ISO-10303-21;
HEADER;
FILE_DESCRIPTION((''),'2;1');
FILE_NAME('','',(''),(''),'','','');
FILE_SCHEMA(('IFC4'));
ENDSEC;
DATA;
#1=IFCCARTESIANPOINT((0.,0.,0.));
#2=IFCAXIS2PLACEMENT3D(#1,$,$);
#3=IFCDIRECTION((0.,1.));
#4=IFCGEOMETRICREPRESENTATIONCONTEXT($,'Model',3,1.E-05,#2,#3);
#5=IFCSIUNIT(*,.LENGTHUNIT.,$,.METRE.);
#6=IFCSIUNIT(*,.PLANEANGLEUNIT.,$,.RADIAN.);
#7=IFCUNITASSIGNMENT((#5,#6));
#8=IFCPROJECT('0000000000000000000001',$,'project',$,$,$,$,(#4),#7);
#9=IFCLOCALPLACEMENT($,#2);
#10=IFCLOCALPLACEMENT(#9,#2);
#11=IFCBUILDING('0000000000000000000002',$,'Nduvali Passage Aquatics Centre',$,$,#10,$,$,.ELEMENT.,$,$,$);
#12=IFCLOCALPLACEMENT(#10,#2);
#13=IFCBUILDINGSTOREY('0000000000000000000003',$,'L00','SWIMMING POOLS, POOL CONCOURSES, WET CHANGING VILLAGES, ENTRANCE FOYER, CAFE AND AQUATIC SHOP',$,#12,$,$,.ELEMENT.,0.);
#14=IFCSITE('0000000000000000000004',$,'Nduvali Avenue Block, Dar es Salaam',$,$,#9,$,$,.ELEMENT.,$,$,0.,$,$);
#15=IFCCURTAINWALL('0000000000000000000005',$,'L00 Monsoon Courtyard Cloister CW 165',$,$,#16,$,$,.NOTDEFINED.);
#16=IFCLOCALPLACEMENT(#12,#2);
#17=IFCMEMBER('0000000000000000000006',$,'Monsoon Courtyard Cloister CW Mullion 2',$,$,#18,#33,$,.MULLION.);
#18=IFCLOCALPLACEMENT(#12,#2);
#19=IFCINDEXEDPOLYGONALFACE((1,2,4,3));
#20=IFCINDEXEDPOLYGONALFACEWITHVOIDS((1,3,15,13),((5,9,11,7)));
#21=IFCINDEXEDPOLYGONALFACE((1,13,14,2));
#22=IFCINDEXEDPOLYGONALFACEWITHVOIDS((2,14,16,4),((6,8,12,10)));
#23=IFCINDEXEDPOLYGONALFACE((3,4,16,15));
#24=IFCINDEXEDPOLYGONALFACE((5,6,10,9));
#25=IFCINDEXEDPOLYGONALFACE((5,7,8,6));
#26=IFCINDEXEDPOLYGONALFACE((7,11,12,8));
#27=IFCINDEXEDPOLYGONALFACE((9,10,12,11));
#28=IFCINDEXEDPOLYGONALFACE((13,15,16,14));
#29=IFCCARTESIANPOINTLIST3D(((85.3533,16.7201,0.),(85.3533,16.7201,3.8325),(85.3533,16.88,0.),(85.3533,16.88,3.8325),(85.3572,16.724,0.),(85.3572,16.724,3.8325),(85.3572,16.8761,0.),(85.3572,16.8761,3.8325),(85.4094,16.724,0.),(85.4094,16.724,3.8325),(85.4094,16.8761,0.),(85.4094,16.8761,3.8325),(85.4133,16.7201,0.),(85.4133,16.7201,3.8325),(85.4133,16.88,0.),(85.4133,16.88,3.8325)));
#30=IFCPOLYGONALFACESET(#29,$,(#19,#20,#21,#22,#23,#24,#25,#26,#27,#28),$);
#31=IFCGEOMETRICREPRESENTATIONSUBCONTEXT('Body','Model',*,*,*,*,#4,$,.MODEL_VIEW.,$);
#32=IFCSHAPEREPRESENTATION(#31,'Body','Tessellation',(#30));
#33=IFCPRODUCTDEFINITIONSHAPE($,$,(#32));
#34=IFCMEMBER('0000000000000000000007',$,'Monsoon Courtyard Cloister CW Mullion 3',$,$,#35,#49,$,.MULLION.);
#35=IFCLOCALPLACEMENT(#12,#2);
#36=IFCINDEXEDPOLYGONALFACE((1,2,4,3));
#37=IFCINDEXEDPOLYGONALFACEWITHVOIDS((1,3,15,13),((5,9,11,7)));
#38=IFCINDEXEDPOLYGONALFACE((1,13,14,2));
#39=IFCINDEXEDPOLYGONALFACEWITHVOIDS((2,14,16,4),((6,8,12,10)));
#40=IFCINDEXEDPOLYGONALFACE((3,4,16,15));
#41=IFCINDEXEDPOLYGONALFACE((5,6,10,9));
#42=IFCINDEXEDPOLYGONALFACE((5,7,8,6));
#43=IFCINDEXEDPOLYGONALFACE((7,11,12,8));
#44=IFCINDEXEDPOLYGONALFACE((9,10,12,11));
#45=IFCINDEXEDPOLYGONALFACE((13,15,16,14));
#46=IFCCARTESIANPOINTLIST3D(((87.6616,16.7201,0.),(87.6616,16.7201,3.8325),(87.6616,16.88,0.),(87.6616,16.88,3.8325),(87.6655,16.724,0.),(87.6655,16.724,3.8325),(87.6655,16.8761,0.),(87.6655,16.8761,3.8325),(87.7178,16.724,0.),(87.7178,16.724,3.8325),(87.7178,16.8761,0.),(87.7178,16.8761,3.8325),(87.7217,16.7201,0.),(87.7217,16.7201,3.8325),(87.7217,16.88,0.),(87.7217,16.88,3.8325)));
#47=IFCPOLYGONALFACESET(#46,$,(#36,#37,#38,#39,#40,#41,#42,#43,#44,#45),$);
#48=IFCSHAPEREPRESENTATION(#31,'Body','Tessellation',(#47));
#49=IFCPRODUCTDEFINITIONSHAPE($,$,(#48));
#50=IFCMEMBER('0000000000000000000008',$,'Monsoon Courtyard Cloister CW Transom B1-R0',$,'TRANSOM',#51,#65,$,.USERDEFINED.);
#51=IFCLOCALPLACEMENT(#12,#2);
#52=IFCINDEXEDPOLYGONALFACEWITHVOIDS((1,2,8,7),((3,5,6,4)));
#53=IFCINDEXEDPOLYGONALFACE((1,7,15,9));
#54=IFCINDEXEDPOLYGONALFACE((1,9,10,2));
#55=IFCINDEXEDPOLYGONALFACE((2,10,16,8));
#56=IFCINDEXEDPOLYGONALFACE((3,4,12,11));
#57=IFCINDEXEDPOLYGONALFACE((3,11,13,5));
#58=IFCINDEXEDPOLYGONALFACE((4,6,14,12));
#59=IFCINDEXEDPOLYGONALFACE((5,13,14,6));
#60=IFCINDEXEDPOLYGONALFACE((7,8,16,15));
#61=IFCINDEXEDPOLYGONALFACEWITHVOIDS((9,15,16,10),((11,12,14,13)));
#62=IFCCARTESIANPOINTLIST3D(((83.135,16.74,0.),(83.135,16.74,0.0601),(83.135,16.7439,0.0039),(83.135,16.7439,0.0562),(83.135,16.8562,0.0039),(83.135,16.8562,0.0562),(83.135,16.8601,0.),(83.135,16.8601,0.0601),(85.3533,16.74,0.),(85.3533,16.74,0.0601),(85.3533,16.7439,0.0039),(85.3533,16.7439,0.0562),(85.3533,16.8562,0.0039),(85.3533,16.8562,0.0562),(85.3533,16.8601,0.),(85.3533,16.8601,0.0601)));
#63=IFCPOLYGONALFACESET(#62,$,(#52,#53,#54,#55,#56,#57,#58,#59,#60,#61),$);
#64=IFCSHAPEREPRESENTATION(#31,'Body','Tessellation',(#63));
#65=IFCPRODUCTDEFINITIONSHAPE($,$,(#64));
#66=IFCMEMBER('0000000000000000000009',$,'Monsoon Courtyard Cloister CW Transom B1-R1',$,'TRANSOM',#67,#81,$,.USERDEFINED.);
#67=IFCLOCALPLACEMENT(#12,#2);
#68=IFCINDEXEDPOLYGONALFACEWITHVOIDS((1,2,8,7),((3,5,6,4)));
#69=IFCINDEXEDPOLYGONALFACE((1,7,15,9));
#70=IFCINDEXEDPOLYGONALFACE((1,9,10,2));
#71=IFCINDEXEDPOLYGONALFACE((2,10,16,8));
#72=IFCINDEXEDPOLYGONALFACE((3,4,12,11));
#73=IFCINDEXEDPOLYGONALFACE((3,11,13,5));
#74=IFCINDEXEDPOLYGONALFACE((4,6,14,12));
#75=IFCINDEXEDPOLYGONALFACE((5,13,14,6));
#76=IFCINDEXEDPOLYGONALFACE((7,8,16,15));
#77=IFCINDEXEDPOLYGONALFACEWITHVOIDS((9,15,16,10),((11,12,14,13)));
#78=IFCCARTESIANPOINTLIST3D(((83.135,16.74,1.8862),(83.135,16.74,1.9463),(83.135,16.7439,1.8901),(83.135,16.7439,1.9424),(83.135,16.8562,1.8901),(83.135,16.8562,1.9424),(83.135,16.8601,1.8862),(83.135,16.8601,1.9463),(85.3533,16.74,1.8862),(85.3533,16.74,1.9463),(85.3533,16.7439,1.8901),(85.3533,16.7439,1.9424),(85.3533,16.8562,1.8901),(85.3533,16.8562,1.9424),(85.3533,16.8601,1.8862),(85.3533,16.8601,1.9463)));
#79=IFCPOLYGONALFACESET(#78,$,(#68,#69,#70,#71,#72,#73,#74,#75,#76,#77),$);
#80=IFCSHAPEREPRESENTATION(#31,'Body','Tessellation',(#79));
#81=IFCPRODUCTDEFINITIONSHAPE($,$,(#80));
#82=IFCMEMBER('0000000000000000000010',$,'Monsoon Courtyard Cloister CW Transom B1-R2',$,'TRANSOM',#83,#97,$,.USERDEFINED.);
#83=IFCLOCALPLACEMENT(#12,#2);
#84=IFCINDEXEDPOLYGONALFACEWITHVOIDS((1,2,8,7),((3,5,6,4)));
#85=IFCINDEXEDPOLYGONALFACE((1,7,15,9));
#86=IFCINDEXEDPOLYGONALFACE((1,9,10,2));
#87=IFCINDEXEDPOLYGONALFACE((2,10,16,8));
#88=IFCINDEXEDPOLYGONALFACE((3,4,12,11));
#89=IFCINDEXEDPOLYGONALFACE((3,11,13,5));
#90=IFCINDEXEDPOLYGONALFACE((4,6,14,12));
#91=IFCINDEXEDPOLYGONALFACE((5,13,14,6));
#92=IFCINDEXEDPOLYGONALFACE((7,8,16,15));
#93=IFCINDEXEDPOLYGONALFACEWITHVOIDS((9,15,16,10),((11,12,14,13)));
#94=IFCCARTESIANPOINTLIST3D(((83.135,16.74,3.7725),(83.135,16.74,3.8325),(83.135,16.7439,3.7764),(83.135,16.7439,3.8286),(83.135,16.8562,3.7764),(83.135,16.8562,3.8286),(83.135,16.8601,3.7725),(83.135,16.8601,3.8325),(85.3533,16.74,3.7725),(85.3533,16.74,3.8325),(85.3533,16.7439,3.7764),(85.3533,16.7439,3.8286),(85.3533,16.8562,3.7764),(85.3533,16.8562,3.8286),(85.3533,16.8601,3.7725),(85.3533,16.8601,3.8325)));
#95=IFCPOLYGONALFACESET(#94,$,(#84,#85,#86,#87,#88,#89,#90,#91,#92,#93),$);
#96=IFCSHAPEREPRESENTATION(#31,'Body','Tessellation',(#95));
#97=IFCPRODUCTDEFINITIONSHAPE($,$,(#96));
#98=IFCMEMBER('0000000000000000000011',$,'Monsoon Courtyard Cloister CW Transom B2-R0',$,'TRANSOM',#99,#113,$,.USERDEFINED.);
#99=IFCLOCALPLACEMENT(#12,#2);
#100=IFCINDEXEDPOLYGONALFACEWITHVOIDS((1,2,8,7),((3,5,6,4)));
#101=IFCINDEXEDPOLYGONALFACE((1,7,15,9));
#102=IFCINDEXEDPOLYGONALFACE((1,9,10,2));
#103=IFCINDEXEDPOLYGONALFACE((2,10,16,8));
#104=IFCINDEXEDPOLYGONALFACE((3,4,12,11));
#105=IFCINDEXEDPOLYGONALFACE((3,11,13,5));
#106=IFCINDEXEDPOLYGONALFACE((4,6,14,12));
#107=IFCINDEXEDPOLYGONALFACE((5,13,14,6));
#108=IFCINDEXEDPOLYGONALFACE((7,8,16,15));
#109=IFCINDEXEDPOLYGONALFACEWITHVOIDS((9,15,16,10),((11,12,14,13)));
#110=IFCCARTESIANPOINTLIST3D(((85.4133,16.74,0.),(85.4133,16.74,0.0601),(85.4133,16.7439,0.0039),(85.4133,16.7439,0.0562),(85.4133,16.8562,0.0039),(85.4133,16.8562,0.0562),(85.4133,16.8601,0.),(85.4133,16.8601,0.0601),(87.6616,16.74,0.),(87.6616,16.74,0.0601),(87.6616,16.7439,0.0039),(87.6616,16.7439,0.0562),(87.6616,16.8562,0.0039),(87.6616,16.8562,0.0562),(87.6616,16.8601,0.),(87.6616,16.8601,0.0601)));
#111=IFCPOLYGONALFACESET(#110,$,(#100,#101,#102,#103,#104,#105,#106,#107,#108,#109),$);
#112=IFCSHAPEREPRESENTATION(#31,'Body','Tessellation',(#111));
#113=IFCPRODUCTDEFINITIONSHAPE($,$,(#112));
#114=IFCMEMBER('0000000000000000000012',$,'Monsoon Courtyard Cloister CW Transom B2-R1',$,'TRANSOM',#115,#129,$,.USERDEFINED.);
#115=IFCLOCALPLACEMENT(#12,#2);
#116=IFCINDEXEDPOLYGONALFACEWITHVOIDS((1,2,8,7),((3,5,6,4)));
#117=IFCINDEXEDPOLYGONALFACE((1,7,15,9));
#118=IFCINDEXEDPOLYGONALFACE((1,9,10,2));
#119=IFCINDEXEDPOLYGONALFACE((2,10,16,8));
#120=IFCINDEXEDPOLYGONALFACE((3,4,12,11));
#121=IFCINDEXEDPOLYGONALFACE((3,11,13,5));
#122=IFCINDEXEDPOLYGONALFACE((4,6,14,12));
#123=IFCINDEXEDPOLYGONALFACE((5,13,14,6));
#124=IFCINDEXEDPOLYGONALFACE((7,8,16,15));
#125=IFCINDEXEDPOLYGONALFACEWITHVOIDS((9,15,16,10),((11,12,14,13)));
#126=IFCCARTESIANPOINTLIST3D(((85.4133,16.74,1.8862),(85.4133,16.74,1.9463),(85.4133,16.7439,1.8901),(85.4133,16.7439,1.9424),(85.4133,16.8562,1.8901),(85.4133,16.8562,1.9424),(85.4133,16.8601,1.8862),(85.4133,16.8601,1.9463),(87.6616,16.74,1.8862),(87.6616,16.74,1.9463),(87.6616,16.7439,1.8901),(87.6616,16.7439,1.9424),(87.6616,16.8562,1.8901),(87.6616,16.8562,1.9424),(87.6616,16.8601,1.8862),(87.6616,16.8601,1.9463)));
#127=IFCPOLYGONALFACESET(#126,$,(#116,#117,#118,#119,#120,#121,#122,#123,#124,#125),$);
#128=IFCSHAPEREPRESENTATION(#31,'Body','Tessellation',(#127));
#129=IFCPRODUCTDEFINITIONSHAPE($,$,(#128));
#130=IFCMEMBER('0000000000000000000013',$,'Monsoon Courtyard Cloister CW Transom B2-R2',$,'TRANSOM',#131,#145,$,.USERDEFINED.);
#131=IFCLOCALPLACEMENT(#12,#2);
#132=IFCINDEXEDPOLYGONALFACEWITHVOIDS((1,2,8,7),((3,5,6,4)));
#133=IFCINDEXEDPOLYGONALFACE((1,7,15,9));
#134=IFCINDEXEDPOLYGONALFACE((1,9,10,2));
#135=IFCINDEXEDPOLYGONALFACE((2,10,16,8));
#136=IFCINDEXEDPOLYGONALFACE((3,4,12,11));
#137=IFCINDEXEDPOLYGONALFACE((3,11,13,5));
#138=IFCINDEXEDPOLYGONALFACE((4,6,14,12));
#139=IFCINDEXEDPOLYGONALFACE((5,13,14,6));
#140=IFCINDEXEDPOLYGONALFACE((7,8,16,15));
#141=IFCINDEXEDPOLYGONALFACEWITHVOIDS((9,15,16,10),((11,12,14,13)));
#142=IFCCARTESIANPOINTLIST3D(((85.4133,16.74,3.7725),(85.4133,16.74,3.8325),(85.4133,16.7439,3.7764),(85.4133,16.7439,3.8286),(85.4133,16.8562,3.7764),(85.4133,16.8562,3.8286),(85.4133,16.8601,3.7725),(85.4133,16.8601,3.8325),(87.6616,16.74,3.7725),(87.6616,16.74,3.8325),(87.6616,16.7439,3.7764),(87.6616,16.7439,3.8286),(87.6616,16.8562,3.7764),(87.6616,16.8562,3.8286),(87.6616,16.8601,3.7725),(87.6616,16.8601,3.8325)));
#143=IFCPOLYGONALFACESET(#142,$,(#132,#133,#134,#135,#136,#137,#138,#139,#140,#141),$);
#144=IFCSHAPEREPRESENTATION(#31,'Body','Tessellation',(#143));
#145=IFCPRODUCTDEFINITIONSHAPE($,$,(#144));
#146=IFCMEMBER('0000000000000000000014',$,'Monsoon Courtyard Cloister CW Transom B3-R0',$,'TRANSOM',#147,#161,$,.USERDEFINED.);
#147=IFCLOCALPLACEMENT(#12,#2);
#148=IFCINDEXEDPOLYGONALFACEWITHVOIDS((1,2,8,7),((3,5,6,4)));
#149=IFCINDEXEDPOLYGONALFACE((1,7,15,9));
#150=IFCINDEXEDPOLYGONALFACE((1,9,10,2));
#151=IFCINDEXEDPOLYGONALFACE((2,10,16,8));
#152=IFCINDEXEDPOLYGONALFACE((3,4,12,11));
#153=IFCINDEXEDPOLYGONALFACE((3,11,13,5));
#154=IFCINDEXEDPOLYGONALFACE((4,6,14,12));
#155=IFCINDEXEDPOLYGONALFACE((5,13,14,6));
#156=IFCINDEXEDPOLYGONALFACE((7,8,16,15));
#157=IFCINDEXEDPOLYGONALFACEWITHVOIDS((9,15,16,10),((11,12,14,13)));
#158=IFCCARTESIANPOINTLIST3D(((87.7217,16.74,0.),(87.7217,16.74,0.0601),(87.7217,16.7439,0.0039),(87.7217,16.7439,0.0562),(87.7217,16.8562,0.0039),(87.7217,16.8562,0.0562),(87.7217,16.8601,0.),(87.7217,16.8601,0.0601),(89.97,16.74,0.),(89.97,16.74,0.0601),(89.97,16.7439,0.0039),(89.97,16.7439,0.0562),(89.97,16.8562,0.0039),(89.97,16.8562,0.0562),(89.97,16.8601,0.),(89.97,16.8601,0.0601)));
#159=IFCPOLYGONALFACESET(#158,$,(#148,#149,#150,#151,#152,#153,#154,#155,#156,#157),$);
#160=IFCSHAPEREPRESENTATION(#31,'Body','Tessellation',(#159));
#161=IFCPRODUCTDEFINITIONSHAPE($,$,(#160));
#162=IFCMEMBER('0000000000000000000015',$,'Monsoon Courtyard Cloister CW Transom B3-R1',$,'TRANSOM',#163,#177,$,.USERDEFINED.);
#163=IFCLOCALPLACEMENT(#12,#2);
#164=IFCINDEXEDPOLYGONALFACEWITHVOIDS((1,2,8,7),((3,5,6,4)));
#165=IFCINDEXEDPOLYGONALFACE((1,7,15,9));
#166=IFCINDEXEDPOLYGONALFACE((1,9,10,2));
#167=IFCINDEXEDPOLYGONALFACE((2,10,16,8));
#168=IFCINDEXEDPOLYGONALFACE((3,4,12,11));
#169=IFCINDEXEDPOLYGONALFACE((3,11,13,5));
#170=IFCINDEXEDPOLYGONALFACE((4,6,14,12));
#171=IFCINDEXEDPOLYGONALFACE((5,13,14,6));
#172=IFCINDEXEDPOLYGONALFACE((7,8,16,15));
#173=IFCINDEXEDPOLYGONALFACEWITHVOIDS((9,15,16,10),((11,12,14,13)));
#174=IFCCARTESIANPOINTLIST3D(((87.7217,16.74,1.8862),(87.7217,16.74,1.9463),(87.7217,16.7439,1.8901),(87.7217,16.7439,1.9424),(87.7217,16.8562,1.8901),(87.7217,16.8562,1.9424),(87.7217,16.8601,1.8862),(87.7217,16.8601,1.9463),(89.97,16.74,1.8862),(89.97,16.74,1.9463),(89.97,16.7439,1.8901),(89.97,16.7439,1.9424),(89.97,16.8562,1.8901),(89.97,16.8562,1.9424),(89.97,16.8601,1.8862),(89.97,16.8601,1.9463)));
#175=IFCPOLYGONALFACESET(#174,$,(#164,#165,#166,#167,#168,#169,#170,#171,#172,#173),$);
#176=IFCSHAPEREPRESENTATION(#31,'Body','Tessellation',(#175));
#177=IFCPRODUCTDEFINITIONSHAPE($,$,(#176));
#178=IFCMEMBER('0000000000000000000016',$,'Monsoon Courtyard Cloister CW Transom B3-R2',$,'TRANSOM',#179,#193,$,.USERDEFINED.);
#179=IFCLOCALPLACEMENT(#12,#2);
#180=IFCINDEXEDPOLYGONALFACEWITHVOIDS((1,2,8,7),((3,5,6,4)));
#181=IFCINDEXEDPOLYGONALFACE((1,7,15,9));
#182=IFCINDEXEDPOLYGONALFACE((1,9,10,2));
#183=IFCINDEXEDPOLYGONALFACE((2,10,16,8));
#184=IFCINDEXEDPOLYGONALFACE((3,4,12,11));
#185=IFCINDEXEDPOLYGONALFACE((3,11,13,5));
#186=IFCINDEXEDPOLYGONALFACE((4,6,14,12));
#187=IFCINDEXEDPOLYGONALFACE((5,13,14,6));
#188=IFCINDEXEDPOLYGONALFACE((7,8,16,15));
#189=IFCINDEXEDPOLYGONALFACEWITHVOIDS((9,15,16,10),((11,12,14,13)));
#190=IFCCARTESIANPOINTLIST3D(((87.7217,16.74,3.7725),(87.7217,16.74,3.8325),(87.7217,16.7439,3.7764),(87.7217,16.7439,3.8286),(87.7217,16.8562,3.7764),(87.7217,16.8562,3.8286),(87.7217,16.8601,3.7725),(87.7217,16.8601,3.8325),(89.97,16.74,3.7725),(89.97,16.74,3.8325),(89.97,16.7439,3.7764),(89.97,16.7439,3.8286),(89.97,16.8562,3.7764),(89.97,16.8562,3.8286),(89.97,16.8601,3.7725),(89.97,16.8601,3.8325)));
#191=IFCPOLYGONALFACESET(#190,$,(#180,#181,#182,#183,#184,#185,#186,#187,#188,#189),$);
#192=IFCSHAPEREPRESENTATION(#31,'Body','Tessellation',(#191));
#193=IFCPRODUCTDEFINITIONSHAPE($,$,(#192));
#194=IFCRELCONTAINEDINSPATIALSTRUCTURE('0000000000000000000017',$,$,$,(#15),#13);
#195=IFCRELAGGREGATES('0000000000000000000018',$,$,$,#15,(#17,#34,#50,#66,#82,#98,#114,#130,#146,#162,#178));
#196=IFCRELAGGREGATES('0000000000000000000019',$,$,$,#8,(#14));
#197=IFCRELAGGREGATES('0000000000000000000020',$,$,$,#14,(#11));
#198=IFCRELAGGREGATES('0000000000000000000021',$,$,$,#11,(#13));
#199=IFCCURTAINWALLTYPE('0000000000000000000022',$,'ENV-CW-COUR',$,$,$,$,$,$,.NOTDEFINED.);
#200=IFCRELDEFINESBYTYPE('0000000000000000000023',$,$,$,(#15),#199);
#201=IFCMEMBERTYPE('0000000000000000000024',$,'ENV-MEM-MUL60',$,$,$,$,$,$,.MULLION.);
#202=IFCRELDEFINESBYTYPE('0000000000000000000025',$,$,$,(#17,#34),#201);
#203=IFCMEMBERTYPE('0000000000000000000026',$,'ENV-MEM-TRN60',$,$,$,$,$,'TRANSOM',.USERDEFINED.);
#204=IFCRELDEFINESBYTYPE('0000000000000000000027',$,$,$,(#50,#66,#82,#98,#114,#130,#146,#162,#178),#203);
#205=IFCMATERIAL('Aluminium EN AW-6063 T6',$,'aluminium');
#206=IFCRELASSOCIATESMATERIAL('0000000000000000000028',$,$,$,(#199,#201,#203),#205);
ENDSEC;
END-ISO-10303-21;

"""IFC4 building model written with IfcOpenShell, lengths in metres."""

from ifc_helpers import new_model, si_unit, direction, frame, origin, origin_2d, place, context, subcontext, project, spatial, hollow_rectangle, extrude, material, material_profile, profile_set, type_object, element, aggregate, save


model = new_model("IFC4")

# Units and contexts
model_context = context("Model", 3, precision=1e-05, world=origin(), true_north=direction((0.0, 1.0)))
body_context = subcontext(model_context, "Body", "Model", "MODEL_VIEW")
ifc_project = project(units=[si_unit("LENGTHUNIT", "METRE"), si_unit("PLANEANGLEUNIT", "RADIAN")], contexts=[model_context])

# Site, building, storey
site_placement = place(None, origin())
site = spatial("IfcSite", under=ifc_project, at=site_placement, Name="Nduvali Avenue Block, Dar es Salaam", CompositionType="ELEMENT", RefElevation=0.0)
building_placement = place(site_placement, origin())
building = spatial("IfcBuilding", under=site, at=building_placement, Name="Nduvali Passage Aquatics Centre", CompositionType="ELEMENT")
storey_placement = place(building_placement, origin())
storey = spatial("IfcBuildingStorey", under=building, at=storey_placement, Name="L00", Description="SWIMMING POOLS, POOL CONCOURSES, WET CHANGING VILLAGES, ENTRANCE FOYER, CAFE AND AQUATIC SHOP", CompositionType="ELEMENT", Elevation=0.0)

# Curtain wall, members
ifc_material_1 = material(Name="Aluminium EN AW-6063 T6", Category="aluminium")
curtain_wall_type = type_object("IfcCurtainWallType", Name="ENV-CW-COUR", PredefinedType="NOTDEFINED", material=ifc_material_1)
curtain_wall_placement = place(storey_placement, origin())
curtain_wall = element("IfcCurtainWall", 1, at=curtain_wall_placement, inside=storey, type_object=curtain_wall_type, Name="L00 Monsoon Courtyard Cloister CW 165", PredefinedType="NOTDEFINED")
ifc_material_profile_1 = material_profile(ifc_material_1, hollow_rectangle(XDim=0.0601, YDim=0.1599, WallThickness=0.0039, at=origin_2d()), Name="ALU MULLION 60x160x4")
ifc_profile_set_1 = profile_set([ifc_material_profile_1], Name="Aluminium EN AW-6063 T6")
member_type_1 = type_object("IfcMemberType", Name="ENV-MEM-MUL60", PredefinedType="MULLION", material=ifc_profile_set_1)
member_1_placement = place(storey_placement, frame((85.3833, 16.8, 0.0), z_axis=(0.0, 0.0, 1.0), x_axis=(1.0, 0.0, 0.0)))
member_1 = element("IfcMember", 2, at=member_1_placement, type_object=member_type_1, Name="Monsoon Courtyard Cloister CW Mullion 2", PredefinedType="MULLION", context=body_context, shape_type="SweptSolid", body=[
    extrude(hollow_rectangle(XDim=0.0601, YDim=0.1599, WallThickness=0.0039, at=origin_2d()), origin(), (0.0, 0.0, 1.0), 3.8325),
])
member_2_placement = place(storey_placement, frame((87.6917, 16.8, 0.0), z_axis=(0.0, 0.0, 1.0), x_axis=(1.0, 0.0, 0.0)))
member_2 = element("IfcMember", 3, at=member_2_placement, type_object=member_type_1, Name="Monsoon Courtyard Cloister CW Mullion 3", PredefinedType="MULLION", context=body_context, shape_type="SweptSolid", body=[
    extrude(hollow_rectangle(XDim=0.0601, YDim=0.1599, WallThickness=0.0039, at=origin_2d()), origin(), (0.0, 0.0, 1.0), 3.8325),
])
ifc_material_profile_2 = material_profile(ifc_material_1, hollow_rectangle(XDim=0.1201, YDim=0.0601, WallThickness=0.0039, at=origin_2d()), Name="ALU TRANSOM 120x60x4")
ifc_profile_set_2 = profile_set([ifc_material_profile_2], Name="Aluminium EN AW-6063 T6")
member_type_2 = type_object("IfcMemberType", Name="ENV-MEM-TRN60", ElementType="TRANSOM", PredefinedType="USERDEFINED", material=ifc_profile_set_2)
member_3_placement = place(storey_placement, frame((83.135, 16.8, 0.03), z_axis=(1.0, 0.0, 0.0), x_axis=(0.0, 1.0, 0.0)))
member_3 = element("IfcMember", 4, at=member_3_placement, type_object=member_type_2, Name="Monsoon Courtyard Cloister CW Transom B1-R0", ObjectType="TRANSOM", PredefinedType="USERDEFINED", context=body_context, shape_type="SweptSolid", body=[
    extrude(hollow_rectangle(XDim=0.1201, YDim=0.0601, WallThickness=0.0039, at=origin_2d()), origin(), (0.0, 0.0, 1.0), 2.2183),
])
member_4_placement = place(storey_placement, frame((83.135, 16.8, 1.9163), z_axis=(1.0, 0.0, 0.0), x_axis=(0.0, 1.0, 0.0)))
member_4 = element("IfcMember", 5, at=member_4_placement, type_object=member_type_2, Name="Monsoon Courtyard Cloister CW Transom B1-R1", ObjectType="TRANSOM", PredefinedType="USERDEFINED", context=body_context, shape_type="SweptSolid", body=[
    extrude(hollow_rectangle(XDim=0.1201, YDim=0.0601, WallThickness=0.0039, at=origin_2d()), origin(), (0.0, 0.0, 1.0), 2.2183),
])
member_5_placement = place(storey_placement, frame((83.135, 16.8, 3.8025), z_axis=(1.0, 0.0, 0.0), x_axis=(0.0, 1.0, 0.0)))
member_5 = element("IfcMember", 6, at=member_5_placement, type_object=member_type_2, Name="Monsoon Courtyard Cloister CW Transom B1-R2", ObjectType="TRANSOM", PredefinedType="USERDEFINED", context=body_context, shape_type="SweptSolid", body=[
    extrude(hollow_rectangle(XDim=0.1201, YDim=0.0601, WallThickness=0.0039, at=origin_2d()), origin(), (0.0, 0.0, 1.0), 2.2183),
])
member_6_placement = place(storey_placement, frame((85.4133, 16.8, 0.03), z_axis=(1.0, 0.0, 0.0), x_axis=(0.0, 1.0, 0.0)))
member_6 = element("IfcMember", 7, at=member_6_placement, type_object=member_type_2, Name="Monsoon Courtyard Cloister CW Transom B2-R0", ObjectType="TRANSOM", PredefinedType="USERDEFINED", context=body_context, shape_type="SweptSolid", body=[
    extrude(hollow_rectangle(XDim=0.1201, YDim=0.0601, WallThickness=0.0039, at=origin_2d()), origin(), (0.0, 0.0, 1.0), 2.2483),
])
member_7_placement = place(storey_placement, frame((85.4133, 16.8, 1.9163), z_axis=(1.0, 0.0, 0.0), x_axis=(0.0, 1.0, 0.0)))
member_7 = element("IfcMember", 8, at=member_7_placement, type_object=member_type_2, Name="Monsoon Courtyard Cloister CW Transom B2-R1", ObjectType="TRANSOM", PredefinedType="USERDEFINED", context=body_context, shape_type="SweptSolid", body=[
    extrude(hollow_rectangle(XDim=0.1201, YDim=0.0601, WallThickness=0.0039, at=origin_2d()), origin(), (0.0, 0.0, 1.0), 2.2483),
])
member_8_placement = place(storey_placement, frame((85.4133, 16.8, 3.8025), z_axis=(1.0, 0.0, 0.0), x_axis=(0.0, 1.0, 0.0)))
member_8 = element("IfcMember", 9, at=member_8_placement, type_object=member_type_2, Name="Monsoon Courtyard Cloister CW Transom B2-R2", ObjectType="TRANSOM", PredefinedType="USERDEFINED", context=body_context, shape_type="SweptSolid", body=[
    extrude(hollow_rectangle(XDim=0.1201, YDim=0.0601, WallThickness=0.0039, at=origin_2d()), origin(), (0.0, 0.0, 1.0), 2.2483),
])
member_9_placement = place(storey_placement, frame((87.7217, 16.8, 0.03), z_axis=(1.0, 0.0, 0.0), x_axis=(0.0, 1.0, 0.0)))
member_9 = element("IfcMember", 10, at=member_9_placement, type_object=member_type_2, Name="Monsoon Courtyard Cloister CW Transom B3-R0", ObjectType="TRANSOM", PredefinedType="USERDEFINED", context=body_context, shape_type="SweptSolid", body=[
    extrude(hollow_rectangle(XDim=0.1201, YDim=0.0601, WallThickness=0.0039, at=origin_2d()), origin(), (0.0, 0.0, 1.0), 2.2483),
])
member_10_placement = place(storey_placement, frame((87.7217, 16.8, 1.9163), z_axis=(1.0, 0.0, 0.0), x_axis=(0.0, 1.0, 0.0)))
member_10 = element("IfcMember", 11, at=member_10_placement, type_object=member_type_2, Name="Monsoon Courtyard Cloister CW Transom B3-R1", ObjectType="TRANSOM", PredefinedType="USERDEFINED", context=body_context, shape_type="SweptSolid", body=[
    extrude(hollow_rectangle(XDim=0.1201, YDim=0.0601, WallThickness=0.0039, at=origin_2d()), origin(), (0.0, 0.0, 1.0), 2.2483),
])
member_11_placement = place(storey_placement, frame((87.7217, 16.8, 3.8025), z_axis=(1.0, 0.0, 0.0), x_axis=(0.0, 1.0, 0.0)))
member_11 = element("IfcMember", 12, at=member_11_placement, type_object=member_type_2, Name="Monsoon Courtyard Cloister CW Transom B3-R2", ObjectType="TRANSOM", PredefinedType="USERDEFINED", context=body_context, shape_type="SweptSolid", body=[
    extrude(hollow_rectangle(XDim=0.1201, YDim=0.0601, WallThickness=0.0039, at=origin_2d()), origin(), (0.0, 0.0, 1.0), 2.2483),
])

aggregate(curtain_wall, [member_1, member_2, member_3, member_4, member_5, member_6, member_7, member_8, member_9, member_10, member_11])

save(model, "model.ifc")
